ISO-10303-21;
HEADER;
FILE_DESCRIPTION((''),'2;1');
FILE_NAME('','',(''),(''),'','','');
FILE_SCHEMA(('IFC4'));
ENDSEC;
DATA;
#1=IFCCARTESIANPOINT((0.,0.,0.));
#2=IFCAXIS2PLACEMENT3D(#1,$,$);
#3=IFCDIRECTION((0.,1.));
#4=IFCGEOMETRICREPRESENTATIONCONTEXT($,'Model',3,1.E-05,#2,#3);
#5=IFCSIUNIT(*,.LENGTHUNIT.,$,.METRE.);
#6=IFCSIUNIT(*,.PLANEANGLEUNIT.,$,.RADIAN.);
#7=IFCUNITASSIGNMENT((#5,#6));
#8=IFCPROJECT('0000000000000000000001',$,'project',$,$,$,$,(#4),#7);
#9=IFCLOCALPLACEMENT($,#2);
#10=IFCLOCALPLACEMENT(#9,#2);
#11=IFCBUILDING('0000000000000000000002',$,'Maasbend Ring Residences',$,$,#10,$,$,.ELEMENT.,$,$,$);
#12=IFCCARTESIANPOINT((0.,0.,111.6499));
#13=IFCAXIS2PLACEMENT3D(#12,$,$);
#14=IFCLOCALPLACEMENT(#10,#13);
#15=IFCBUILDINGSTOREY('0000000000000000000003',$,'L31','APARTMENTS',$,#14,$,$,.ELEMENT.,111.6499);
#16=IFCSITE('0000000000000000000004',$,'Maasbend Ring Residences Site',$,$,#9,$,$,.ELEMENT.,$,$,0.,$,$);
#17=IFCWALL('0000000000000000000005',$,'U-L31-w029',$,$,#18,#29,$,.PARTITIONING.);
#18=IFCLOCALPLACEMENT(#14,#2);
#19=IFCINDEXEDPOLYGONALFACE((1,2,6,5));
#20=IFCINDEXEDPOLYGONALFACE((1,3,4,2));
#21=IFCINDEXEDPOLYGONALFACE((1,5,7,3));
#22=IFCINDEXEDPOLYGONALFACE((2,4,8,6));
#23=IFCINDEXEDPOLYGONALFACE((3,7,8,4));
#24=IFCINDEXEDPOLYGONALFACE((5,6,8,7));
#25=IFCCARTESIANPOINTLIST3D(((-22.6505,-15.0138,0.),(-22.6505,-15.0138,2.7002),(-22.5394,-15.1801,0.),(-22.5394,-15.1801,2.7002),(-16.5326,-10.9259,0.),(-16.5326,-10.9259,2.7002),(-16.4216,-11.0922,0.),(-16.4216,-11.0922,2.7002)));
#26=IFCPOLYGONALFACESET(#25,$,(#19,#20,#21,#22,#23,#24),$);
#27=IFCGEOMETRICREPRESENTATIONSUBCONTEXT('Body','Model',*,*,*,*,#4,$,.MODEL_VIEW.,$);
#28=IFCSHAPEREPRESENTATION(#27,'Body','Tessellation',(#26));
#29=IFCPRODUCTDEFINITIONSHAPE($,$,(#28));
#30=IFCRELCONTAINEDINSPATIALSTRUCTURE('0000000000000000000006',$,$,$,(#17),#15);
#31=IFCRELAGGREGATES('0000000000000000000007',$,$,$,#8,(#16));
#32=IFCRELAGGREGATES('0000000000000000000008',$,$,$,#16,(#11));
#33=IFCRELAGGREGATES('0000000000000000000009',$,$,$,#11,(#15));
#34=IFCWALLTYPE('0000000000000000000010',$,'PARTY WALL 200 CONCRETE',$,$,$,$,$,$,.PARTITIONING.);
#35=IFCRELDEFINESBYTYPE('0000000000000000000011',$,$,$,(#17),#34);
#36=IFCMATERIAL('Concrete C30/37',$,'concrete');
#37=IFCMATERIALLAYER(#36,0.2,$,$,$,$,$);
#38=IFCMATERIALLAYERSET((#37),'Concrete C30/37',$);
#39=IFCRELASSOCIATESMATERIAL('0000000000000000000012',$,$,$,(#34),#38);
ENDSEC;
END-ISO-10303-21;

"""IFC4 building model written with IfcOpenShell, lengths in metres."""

from ifc_helpers import new_model, si_unit, direction, frame, frame_2d, origin, place, context, subcontext, project, spatial, rectangle, extrude, material, layer, layer_set, type_object, element, save


model = new_model("IFC4")

# Units and contexts
model_context = context("Model", 3, precision=1e-05, world=origin(), true_north=direction((0.0, 1.0)))
body_context = subcontext(model_context, "Body", "Model", "MODEL_VIEW")
ifc_project = project(units=[si_unit("LENGTHUNIT", "METRE"), si_unit("PLANEANGLEUNIT", "RADIAN")], contexts=[model_context])

# Site, building, storey
site_placement = place(None, origin())
site = spatial("IfcSite", under=ifc_project, at=site_placement, Name="Maasbend Ring Residences Site", CompositionType="ELEMENT", RefElevation=0.0)
building_placement = place(site_placement, origin())
building = spatial("IfcBuilding", under=site, at=building_placement, Name="Maasbend Ring Residences", CompositionType="ELEMENT")
storey_placement = place(building_placement, frame((0.0, 0.0, 111.6499)))
storey = spatial("IfcBuildingStorey", under=building, at=storey_placement, Name="L31", Description="APARTMENTS", CompositionType="ELEMENT", Elevation=111.6499)

# Wall
ifc_material_1 = material(Name="Concrete C30/37", Category="concrete")
ifc_layer_1 = layer(ifc_material_1, 0.2)
ifc_layer_set_1 = layer_set([ifc_layer_1], Name="Concrete C30/37")
wall_type_1 = type_object("IfcWallType", Name="PARTY WALL 200 CONCRETE", PredefinedType="PARTITIONING", material=ifc_layer_set_1)
wall_1_placement = place(storey_placement, frame((-22.595, -15.0969, 0.0), z_axis=(0.0, 0.0, 1.0), x_axis=(0.831468, 0.555573, 0.0)))
element("IfcWall", 1, at=wall_1_placement, inside=storey, type_object=wall_type_1, Name="U-L31-w029", PredefinedType="PARTITIONING", context=body_context, shape_type="SweptSolid", body=[
    extrude(rectangle(XDim=7.3579, YDim=0.2, at=frame_2d((3.679, 0.0))), origin(), (0.0, 0.0, 1.0), 2.7002),
])

save(model, "model.ifc")
